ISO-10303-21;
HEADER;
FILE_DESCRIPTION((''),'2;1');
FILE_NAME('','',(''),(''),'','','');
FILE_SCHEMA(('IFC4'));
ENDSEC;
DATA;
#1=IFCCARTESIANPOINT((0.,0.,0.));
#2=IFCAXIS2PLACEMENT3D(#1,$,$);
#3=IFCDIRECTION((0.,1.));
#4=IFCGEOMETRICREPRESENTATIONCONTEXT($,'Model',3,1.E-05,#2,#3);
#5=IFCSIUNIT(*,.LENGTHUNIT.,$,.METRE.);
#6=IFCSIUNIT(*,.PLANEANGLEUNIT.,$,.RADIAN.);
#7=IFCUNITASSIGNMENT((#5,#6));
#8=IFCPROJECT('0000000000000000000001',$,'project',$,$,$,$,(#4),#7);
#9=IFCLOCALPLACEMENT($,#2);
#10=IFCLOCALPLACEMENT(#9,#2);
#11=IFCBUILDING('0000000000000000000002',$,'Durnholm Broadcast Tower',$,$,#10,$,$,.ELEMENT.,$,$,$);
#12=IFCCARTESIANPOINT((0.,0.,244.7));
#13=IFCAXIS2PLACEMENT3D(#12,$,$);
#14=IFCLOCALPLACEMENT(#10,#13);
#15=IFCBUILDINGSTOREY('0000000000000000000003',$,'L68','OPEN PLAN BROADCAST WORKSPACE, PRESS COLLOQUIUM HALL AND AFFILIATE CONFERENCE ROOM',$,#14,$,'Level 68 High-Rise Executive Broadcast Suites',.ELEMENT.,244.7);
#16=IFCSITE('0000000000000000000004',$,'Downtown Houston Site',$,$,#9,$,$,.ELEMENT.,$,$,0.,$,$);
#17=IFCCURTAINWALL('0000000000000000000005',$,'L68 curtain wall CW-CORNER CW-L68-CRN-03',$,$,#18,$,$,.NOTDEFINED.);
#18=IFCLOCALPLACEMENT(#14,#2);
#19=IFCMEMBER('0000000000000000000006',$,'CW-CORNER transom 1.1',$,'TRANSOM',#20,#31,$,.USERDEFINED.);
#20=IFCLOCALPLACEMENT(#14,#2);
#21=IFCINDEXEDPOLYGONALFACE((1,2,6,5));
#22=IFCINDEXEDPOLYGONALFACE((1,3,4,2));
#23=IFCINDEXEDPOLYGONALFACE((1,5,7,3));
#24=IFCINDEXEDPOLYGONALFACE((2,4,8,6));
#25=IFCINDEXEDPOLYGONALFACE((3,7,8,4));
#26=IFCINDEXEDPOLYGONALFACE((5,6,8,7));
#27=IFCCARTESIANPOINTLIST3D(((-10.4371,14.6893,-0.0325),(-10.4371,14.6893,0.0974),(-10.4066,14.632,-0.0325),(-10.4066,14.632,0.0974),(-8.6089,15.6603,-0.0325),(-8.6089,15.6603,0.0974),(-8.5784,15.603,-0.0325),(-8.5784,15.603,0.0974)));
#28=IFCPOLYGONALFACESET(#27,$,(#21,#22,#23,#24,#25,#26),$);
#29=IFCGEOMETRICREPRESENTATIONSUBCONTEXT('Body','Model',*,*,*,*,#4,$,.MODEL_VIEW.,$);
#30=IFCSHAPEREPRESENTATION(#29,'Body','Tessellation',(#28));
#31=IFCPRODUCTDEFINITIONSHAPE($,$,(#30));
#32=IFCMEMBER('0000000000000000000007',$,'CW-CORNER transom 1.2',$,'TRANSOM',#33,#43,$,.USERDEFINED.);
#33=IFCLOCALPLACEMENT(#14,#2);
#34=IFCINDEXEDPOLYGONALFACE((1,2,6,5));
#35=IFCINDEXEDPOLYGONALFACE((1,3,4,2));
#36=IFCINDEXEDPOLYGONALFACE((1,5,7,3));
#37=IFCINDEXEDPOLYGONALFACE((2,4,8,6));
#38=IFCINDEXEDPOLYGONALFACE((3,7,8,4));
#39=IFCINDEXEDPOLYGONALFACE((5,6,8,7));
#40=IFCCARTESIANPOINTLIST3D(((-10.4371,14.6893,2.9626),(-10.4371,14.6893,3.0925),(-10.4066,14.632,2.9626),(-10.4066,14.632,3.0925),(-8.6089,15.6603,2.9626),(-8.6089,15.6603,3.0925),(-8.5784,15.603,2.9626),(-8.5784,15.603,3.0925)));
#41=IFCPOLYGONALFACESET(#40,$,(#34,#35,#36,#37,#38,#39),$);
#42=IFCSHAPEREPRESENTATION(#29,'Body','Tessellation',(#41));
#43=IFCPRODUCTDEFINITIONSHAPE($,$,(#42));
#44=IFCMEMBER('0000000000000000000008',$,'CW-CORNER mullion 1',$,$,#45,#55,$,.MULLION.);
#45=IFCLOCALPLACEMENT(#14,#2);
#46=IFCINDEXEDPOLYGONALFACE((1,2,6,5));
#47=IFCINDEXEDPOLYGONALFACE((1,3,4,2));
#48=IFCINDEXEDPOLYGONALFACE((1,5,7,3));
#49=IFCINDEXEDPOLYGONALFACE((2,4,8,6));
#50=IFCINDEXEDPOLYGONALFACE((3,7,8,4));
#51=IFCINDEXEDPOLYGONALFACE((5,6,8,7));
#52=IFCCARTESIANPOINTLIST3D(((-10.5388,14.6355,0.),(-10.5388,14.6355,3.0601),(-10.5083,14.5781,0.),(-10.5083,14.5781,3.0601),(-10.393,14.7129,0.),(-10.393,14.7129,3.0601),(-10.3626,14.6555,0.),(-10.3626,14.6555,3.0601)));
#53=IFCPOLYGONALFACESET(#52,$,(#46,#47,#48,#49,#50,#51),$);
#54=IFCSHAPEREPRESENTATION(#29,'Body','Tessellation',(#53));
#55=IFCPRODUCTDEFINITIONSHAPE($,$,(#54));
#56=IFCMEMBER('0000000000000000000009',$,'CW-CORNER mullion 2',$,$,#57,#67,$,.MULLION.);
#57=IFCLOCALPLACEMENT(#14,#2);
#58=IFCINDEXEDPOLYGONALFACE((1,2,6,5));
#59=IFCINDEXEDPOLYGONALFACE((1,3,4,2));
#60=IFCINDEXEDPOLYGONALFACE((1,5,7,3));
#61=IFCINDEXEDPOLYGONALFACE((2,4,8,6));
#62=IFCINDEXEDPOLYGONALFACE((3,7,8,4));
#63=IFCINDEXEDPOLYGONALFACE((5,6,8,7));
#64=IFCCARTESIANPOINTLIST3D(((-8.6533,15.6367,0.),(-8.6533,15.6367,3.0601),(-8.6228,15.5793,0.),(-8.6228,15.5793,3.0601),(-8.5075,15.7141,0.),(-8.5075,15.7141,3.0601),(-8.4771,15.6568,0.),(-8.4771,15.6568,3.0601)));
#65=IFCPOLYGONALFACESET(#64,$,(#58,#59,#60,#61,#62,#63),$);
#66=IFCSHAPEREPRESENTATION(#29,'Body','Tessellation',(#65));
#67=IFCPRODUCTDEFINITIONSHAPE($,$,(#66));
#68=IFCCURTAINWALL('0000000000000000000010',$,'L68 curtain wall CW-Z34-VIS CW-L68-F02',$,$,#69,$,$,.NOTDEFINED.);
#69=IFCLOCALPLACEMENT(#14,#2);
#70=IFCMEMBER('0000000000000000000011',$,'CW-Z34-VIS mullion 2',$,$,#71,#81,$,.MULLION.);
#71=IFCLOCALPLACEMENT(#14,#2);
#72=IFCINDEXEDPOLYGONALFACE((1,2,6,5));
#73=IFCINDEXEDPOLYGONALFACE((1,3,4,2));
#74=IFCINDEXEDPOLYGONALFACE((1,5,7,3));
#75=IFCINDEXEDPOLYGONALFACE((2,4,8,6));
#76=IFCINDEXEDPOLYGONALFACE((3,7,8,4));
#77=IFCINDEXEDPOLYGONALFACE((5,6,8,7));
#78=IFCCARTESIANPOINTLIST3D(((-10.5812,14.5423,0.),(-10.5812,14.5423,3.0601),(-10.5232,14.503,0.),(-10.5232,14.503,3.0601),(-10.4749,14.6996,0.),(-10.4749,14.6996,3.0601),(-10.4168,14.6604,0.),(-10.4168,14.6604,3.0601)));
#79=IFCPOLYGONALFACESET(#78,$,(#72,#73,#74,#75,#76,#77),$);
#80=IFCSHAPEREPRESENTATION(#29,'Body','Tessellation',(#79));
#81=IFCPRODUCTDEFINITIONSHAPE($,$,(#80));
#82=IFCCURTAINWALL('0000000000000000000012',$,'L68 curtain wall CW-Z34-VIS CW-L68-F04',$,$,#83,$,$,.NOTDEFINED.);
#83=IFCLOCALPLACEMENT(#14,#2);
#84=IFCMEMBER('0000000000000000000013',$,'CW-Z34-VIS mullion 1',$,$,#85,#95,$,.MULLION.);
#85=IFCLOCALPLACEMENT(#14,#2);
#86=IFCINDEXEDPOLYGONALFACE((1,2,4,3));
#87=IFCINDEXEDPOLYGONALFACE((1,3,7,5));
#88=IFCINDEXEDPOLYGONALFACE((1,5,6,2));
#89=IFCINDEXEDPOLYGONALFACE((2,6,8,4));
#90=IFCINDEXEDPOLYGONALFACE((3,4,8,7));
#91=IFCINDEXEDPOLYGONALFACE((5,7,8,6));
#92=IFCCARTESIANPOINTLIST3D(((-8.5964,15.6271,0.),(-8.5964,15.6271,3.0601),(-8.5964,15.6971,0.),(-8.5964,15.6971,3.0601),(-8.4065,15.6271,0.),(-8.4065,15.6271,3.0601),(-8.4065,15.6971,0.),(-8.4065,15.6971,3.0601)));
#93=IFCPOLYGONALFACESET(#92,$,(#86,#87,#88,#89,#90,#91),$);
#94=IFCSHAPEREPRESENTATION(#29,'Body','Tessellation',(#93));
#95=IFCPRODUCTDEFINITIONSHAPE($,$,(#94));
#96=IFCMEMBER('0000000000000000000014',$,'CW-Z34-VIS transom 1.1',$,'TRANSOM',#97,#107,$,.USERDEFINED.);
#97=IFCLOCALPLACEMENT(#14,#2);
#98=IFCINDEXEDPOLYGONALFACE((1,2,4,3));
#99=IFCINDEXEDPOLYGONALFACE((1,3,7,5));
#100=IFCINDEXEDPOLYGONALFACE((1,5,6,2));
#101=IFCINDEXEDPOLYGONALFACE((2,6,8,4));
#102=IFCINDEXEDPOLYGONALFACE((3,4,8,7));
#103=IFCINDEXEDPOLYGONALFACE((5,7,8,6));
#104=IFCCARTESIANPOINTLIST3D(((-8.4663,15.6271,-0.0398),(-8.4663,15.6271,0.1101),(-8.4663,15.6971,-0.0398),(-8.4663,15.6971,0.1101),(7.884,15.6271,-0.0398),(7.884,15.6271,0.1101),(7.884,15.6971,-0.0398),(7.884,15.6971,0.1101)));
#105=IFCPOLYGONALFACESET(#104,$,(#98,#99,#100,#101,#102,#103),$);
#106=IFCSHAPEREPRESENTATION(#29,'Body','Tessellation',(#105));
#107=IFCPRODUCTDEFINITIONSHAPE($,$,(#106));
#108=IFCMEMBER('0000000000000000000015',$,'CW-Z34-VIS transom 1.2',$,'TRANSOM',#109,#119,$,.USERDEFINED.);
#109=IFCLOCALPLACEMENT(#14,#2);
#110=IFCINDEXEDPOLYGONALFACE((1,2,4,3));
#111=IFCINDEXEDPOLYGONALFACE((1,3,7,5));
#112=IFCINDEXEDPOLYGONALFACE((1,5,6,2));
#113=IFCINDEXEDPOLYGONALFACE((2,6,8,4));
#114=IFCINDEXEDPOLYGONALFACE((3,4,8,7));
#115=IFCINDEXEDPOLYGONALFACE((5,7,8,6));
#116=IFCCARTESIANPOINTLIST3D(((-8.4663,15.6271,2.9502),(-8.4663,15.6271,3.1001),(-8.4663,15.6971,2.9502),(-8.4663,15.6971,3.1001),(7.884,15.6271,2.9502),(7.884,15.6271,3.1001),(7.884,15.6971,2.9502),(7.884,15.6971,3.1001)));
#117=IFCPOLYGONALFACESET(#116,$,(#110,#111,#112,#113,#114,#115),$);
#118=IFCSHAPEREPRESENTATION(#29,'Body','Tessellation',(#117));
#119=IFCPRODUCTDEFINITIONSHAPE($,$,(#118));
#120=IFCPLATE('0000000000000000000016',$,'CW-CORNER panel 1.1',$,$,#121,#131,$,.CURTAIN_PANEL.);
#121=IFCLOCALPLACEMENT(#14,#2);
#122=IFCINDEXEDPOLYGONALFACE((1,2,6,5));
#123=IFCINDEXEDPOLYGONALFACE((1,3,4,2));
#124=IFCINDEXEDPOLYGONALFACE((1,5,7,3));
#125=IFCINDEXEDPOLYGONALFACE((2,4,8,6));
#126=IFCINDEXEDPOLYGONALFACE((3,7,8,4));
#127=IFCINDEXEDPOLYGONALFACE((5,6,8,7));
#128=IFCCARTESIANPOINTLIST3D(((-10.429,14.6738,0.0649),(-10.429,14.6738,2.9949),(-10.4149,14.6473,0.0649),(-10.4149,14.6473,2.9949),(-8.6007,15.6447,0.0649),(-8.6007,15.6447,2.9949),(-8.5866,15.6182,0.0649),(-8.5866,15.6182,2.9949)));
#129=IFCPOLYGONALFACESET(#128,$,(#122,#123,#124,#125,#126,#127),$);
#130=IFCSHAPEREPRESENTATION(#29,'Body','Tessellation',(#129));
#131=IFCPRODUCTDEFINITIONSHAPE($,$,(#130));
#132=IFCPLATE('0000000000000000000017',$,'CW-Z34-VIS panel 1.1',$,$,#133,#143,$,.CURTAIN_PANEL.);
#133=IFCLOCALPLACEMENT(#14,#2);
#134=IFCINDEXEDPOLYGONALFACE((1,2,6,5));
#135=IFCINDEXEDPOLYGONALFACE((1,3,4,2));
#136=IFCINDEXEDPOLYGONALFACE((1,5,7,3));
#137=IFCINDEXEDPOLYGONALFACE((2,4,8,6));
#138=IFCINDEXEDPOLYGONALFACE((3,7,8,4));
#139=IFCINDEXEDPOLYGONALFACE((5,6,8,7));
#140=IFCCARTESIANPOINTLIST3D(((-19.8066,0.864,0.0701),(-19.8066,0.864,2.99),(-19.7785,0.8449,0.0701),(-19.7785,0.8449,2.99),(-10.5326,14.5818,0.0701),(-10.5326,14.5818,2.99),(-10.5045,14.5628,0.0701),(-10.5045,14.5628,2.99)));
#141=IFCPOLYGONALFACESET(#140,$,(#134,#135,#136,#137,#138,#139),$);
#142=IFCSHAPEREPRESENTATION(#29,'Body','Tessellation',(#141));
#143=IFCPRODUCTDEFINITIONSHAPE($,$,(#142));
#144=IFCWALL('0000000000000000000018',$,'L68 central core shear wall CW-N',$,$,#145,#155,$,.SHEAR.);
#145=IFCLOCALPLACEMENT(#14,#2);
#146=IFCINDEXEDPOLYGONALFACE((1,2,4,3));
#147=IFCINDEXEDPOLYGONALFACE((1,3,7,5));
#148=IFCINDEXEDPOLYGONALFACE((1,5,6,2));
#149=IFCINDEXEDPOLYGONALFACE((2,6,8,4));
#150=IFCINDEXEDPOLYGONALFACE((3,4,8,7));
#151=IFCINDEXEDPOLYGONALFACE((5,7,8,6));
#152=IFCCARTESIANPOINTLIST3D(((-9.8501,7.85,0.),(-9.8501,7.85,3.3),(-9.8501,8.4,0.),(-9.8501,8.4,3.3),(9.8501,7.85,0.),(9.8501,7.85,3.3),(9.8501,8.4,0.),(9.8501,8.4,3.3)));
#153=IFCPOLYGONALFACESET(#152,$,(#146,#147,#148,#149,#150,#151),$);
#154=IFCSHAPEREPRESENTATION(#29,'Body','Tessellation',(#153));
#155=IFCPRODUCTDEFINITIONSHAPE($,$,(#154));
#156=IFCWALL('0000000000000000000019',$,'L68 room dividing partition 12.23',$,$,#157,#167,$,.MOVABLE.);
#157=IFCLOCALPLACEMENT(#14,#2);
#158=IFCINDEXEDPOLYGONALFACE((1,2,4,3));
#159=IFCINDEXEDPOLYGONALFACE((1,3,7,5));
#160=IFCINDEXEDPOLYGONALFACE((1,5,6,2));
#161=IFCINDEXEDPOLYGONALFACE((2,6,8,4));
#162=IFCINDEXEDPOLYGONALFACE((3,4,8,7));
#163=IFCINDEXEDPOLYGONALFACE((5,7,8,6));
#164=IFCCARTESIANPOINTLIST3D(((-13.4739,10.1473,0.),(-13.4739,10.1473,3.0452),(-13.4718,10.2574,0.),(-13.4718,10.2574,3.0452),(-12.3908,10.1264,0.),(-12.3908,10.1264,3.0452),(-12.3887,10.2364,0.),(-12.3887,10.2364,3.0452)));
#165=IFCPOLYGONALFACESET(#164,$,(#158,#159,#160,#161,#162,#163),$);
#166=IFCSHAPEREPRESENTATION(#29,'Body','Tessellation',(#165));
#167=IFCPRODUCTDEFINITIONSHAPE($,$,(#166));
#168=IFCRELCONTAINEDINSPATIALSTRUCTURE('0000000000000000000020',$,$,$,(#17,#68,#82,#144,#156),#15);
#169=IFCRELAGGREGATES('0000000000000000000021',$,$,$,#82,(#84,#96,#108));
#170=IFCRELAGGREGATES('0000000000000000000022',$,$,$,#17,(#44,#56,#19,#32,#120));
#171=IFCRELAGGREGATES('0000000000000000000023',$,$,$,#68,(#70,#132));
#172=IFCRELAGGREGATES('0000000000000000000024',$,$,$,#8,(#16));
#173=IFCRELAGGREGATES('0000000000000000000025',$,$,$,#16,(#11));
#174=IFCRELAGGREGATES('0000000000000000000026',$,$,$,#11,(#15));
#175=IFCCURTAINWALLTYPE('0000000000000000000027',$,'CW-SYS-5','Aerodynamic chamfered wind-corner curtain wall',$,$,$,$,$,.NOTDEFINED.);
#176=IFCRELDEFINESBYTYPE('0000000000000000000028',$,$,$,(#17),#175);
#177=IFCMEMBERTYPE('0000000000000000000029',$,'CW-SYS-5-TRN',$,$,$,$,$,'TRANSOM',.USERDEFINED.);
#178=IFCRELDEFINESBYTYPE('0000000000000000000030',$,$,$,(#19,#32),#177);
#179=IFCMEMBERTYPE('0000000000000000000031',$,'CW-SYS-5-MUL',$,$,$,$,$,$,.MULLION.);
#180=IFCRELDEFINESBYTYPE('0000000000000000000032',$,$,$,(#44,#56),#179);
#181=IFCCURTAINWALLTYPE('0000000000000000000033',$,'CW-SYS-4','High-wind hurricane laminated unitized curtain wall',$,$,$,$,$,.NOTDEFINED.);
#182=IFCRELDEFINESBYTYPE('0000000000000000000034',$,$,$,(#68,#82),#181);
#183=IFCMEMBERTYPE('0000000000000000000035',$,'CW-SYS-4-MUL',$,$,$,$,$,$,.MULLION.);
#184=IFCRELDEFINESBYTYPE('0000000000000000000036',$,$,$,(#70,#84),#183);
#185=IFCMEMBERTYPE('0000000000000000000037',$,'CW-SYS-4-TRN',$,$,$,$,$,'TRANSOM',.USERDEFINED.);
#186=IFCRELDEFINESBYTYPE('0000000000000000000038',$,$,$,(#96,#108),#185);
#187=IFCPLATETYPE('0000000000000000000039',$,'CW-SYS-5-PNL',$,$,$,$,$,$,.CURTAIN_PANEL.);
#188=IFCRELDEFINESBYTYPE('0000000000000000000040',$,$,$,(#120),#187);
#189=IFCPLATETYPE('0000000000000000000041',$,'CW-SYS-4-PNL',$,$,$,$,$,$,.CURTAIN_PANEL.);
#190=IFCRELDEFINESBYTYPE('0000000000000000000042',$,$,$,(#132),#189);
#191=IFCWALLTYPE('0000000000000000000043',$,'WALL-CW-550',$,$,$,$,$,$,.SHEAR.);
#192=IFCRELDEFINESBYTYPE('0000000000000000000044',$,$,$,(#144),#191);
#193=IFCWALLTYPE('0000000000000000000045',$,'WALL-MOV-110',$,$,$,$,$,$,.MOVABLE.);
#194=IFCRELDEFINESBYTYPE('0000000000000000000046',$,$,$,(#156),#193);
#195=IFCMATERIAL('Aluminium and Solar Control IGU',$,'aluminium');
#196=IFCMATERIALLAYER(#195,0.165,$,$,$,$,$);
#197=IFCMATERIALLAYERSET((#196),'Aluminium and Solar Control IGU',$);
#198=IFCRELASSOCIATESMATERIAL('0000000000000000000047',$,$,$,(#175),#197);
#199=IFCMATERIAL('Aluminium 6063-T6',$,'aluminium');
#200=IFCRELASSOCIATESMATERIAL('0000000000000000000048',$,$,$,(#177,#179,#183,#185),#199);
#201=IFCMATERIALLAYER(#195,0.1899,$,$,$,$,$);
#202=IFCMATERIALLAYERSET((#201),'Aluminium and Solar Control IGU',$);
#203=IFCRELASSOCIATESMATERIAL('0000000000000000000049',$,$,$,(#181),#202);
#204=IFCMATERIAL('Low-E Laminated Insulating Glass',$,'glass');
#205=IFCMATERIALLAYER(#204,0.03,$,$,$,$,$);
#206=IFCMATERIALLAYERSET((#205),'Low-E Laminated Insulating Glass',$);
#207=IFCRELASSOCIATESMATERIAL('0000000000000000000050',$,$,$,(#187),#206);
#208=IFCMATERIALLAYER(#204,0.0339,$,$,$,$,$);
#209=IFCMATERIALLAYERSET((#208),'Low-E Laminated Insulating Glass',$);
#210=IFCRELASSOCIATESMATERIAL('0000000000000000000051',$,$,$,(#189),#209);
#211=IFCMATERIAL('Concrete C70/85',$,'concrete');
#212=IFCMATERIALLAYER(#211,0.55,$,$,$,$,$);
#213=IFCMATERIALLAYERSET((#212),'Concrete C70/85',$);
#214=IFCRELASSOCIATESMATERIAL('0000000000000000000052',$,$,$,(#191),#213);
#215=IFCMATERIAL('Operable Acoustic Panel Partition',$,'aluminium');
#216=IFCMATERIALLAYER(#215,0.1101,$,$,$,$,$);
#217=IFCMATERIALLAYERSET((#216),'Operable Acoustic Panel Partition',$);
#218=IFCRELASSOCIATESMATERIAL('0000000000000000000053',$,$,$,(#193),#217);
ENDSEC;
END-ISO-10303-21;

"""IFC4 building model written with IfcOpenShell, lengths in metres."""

from ifc_helpers import new_model, si_unit, direction, frame, frame_2d, origin, origin_2d, place, context, subcontext, project, spatial, rectangle, extrude, source, transform, mapped, material, layer, layer_set, material_profile, profile_set, type_object, type_shapes, element, aggregate, save


model = new_model("IFC4")

# Units and contexts
model_context = context("Model", 3, precision=1e-05, world=origin(), true_north=direction((0.0, 1.0)))
body_context = subcontext(model_context, "Body", "Model", "MODEL_VIEW")
ifc_project = project(units=[si_unit("LENGTHUNIT", "METRE"), si_unit("PLANEANGLEUNIT", "RADIAN")], contexts=[model_context])

# Site, building, storey
site_placement = place(None, origin())
site = spatial("IfcSite", under=ifc_project, at=site_placement, Name="Downtown Houston Site", CompositionType="ELEMENT", RefElevation=0.0)
building_placement = place(site_placement, origin())
building = spatial("IfcBuilding", under=site, at=building_placement, Name="Durnholm Broadcast Tower", CompositionType="ELEMENT")
storey_placement = place(building_placement, frame((0.0, 0.0, 244.7)))
storey = spatial("IfcBuildingStorey", under=building, at=storey_placement, Name="L68", Description="OPEN PLAN BROADCAST WORKSPACE, PRESS COLLOQUIUM HALL AND AFFILIATE CONFERENCE ROOM", LongName="Level 68 High-Rise Executive Broadcast Suites", CompositionType="ELEMENT", Elevation=244.7)

# Shared definitions
ifc_material_1 = material(Name="Concrete C70/85", Category="concrete")

# Curtain wall, members
ifc_material_2 = material(Name="Aluminium and Solar Control IGU", Category="aluminium")
ifc_layer_1 = layer(ifc_material_2, 0.165)
ifc_layer_set_1 = layer_set([ifc_layer_1], Name="Aluminium and Solar Control IGU")
curtain_wall_type_1 = type_object("IfcCurtainWallType", Name="CW-SYS-5", Description="Aerodynamic chamfered wind-corner curtain wall", PredefinedType="NOTDEFINED", material=ifc_layer_set_1)
curtain_wall_1_placement = place(storey_placement, origin())
curtain_wall_1 = element("IfcCurtainWall", 1, at=curtain_wall_1_placement, inside=storey, type_object=curtain_wall_type_1, Name="L68 curtain wall CW-CORNER CW-L68-CRN-03", PredefinedType="NOTDEFINED")
ifc_material_3 = material(Name="Aluminium 6063-T6", Category="aluminium")
ifc_material_profile_1 = material_profile(ifc_material_3, rectangle(XDim=0.0649, YDim=0.1299, at=origin_2d()), Name="CWT65X130")
ifc_profile_set_1 = profile_set([ifc_material_profile_1], Name="Aluminium 6063-T6")
member_type_1 = type_object("IfcMemberType", Name="CW-SYS-5-TRN", ElementType="TRANSOM", PredefinedType="USERDEFINED", material=ifc_profile_set_1)
shared_shape_1 = source(origin(), body_context, "Body", "SweptSolid", [
    extrude(rectangle(XDim=0.0649, YDim=0.1299, at=origin_2d()), origin(), (0.0, 0.0, 1.0), 2.0701),
])
type_shapes(member_type_1, [shared_shape_1])
member_1_placement = place(storey_placement, frame((-10.4219, 14.6606, 0.0325), z_axis=(0.883165, 0.469063, 0.0), x_axis=(-0.469063, 0.883165, 0.0)))
member_1 = element("IfcMember", 2, at=member_1_placement, type_object=member_type_1, Name="CW-CORNER transom 1.1", ObjectType="TRANSOM", PredefinedType="USERDEFINED", context=body_context, shape_type="MappedRepresentation", body=[
    mapped(shared_shape_1, transform((0.0, 0.0, 0.0), x_axis=(1.0, 0.0, 0.0), y_axis=(0.0, 1.0, 0.0), z_axis=(0.0, 0.0, 1.0), scale=1.0)),
])
member_2_placement = place(storey_placement, frame((-10.4219, 14.6606, 3.0276), z_axis=(0.883165, 0.469063, 0.0), x_axis=(-0.469063, 0.883165, 0.0)))
member_2 = element("IfcMember", 3, at=member_2_placement, type_object=member_type_1, Name="CW-CORNER transom 1.2", ObjectType="TRANSOM", PredefinedType="USERDEFINED", context=body_context, shape_type="MappedRepresentation", body=[
    mapped(shared_shape_1, transform((0.0, 0.0, 0.0), x_axis=(1.0, 0.0, 0.0), y_axis=(0.0, 1.0, 0.0), z_axis=(0.0, 0.0, 1.0), scale=1.0)),
])
ifc_material_profile_2 = material_profile(ifc_material_3, rectangle(XDim=0.0649, YDim=0.165, at=origin_2d()), Name="CWM65X165")
ifc_profile_set_2 = profile_set([ifc_material_profile_2], Name="Aluminium 6063-T6")
member_type_2 = type_object("IfcMemberType", Name="CW-SYS-5-MUL", PredefinedType="MULLION", material=ifc_profile_set_2)
shared_shape_2 = source(origin(), body_context, "Body", "SweptSolid", [
    extrude(rectangle(XDim=0.0649, YDim=0.165, at=origin_2d()), origin(), (0.0, 0.0, 1.0), 3.0601),
])
type_shapes(member_type_2, [shared_shape_2])
member_3_placement = place(storey_placement, frame((-10.4507, 14.6455, 0.0), z_axis=(0.0, 0.0, 1.0), x_axis=(-0.469007, 0.883195, 0.0)))
member_3 = element("IfcMember", 4, at=member_3_placement, type_object=member_type_2, Name="CW-CORNER mullion 1", PredefinedType="MULLION", context=body_context, shape_type="MappedRepresentation", body=[
    mapped(shared_shape_2, transform((0.0, 0.0, 0.0), x_axis=(1.0, 0.0, 0.0), y_axis=(0.0, 1.0, 0.0), z_axis=(0.0, 0.0, 1.0), scale=1.0)),
])
member_4_placement = place(storey_placement, frame((-8.5652, 15.6467, 0.0), z_axis=(0.0, 0.0, 1.0), x_axis=(-0.469007, 0.883195, 0.0)))
member_4 = element("IfcMember", 5, at=member_4_placement, type_object=member_type_2, Name="CW-CORNER mullion 2", PredefinedType="MULLION", context=body_context, shape_type="MappedRepresentation", body=[
    mapped(shared_shape_2, transform((0.0, 0.0, 0.0), x_axis=(1.0, 0.0, 0.0), y_axis=(0.0, 1.0, 0.0), z_axis=(0.0, 0.0, 1.0), scale=1.0)),
])

# Curtain wall, member
ifc_layer_2 = layer(ifc_material_2, 0.1899)
ifc_layer_set_2 = layer_set([ifc_layer_2], Name="Aluminium and Solar Control IGU")
curtain_wall_type_2 = type_object("IfcCurtainWallType", Name="CW-SYS-4", Description="High-wind hurricane laminated unitized curtain wall", PredefinedType="NOTDEFINED", material=ifc_layer_set_2)
curtain_wall_2_placement = place(storey_placement, origin())
curtain_wall_2 = element("IfcCurtainWall", 6, at=curtain_wall_2_placement, inside=storey, type_object=curtain_wall_type_2, Name="L68 curtain wall CW-Z34-VIS CW-L68-F02", PredefinedType="NOTDEFINED")
ifc_material_profile_3 = material_profile(ifc_material_3, rectangle(XDim=0.0701, YDim=0.1899, at=origin_2d()), Name="CWM70X190")
ifc_profile_set_3 = profile_set([ifc_material_profile_3], Name="Aluminium 6063-T6")
member_type_3 = type_object("IfcMemberType", Name="CW-SYS-4-MUL", PredefinedType="MULLION", material=ifc_profile_set_3)
shared_shape_3 = source(origin(), body_context, "Body", "SweptSolid", [
    extrude(rectangle(XDim=0.0701, YDim=0.1899, at=origin_2d()), origin(), (0.0, 0.0, 1.0), 3.0601),
])
type_shapes(member_type_3, [shared_shape_3])
member_5_placement = place(storey_placement, frame((-10.499, 14.6013, 0.0), z_axis=(0.0, 0.0, 1.0), x_axis=(-0.828443, 0.560073, 0.0)))
member_5 = element("IfcMember", 7, at=member_5_placement, type_object=member_type_3, Name="CW-Z34-VIS mullion 2", PredefinedType="MULLION", context=body_context, shape_type="MappedRepresentation", body=[
    mapped(shared_shape_3, transform((0.0, 0.0, 0.0), x_axis=(1.0, 0.0, 0.0), y_axis=(0.0, 1.0, 0.0), z_axis=(0.0, 0.0, 1.0), scale=1.0)),
])

# Curtain wall, members
curtain_wall_3_placement = place(storey_placement, origin())
curtain_wall_3 = element("IfcCurtainWall", 8, at=curtain_wall_3_placement, inside=storey, type_object=curtain_wall_type_2, Name="L68 curtain wall CW-Z34-VIS CW-L68-F04", PredefinedType="NOTDEFINED")
member_6_placement = place(storey_placement, frame((-8.5015, 15.6621, 0.0), z_axis=(0.0, 0.0, 1.0), x_axis=(0.0, 1.0, 0.0)))
member_6 = element("IfcMember", 9, at=member_6_placement, type_object=member_type_3, Name="CW-Z34-VIS mullion 1", PredefinedType="MULLION", context=body_context, shape_type="MappedRepresentation", body=[
    mapped(shared_shape_3, transform((0.0, 0.0, 0.0), x_axis=(1.0, 0.0, 0.0), y_axis=(0.0, 1.0, 0.0), z_axis=(0.0, 0.0, 1.0), scale=1.0)),
])
ifc_material_profile_4 = material_profile(ifc_material_3, rectangle(XDim=0.0701, YDim=0.1499, at=origin_2d()), Name="CWT70X150")
ifc_profile_set_4 = profile_set([ifc_material_profile_4], Name="Aluminium 6063-T6")
member_type_4 = type_object("IfcMemberType", Name="CW-SYS-4-TRN", ElementType="TRANSOM", PredefinedType="USERDEFINED", material=ifc_profile_set_4)
shared_shape_4 = source(origin(), body_context, "Body", "SweptSolid", [
    extrude(rectangle(XDim=0.0701, YDim=0.1499, at=origin_2d()), origin(), (0.0, 0.0, 1.0), 16.3503),
])
type_shapes(member_type_4, [shared_shape_4])
member_7_placement = place(storey_placement, frame((-8.4663, 15.6621, 0.0352), z_axis=(1.0, 0.0, 0.0), x_axis=(0.0, 1.0, 0.0)))
member_7 = element("IfcMember", 10, at=member_7_placement, type_object=member_type_4, Name="CW-Z34-VIS transom 1.1", ObjectType="TRANSOM", PredefinedType="USERDEFINED", context=body_context, shape_type="MappedRepresentation", body=[
    mapped(shared_shape_4, transform((0.0, 0.0, 0.0), x_axis=(1.0, 0.0, 0.0), y_axis=(0.0, 1.0, 0.0), z_axis=(0.0, 0.0, 1.0), scale=1.0)),
])
member_8_placement = place(storey_placement, frame((-8.4663, 15.6621, 3.0251), z_axis=(1.0, 0.0, 0.0), x_axis=(0.0, 1.0, 0.0)))
member_8 = element("IfcMember", 11, at=member_8_placement, type_object=member_type_4, Name="CW-Z34-VIS transom 1.2", ObjectType="TRANSOM", PredefinedType="USERDEFINED", context=body_context, shape_type="MappedRepresentation", body=[
    mapped(shared_shape_4, transform((0.0, 0.0, 0.0), x_axis=(1.0, 0.0, 0.0), y_axis=(0.0, 1.0, 0.0), z_axis=(0.0, 0.0, 1.0), scale=1.0)),
])
aggregate(curtain_wall_3, [member_6, member_7, member_8])

# Plates
ifc_material_4 = material(Name="Low-E Laminated Insulating Glass", Category="glass")
ifc_layer_3 = layer(ifc_material_4, 0.03)
ifc_layer_set_3 = layer_set([ifc_layer_3], Name="Low-E Laminated Insulating Glass")
plate_type_1 = type_object("IfcPlateType", Name="CW-SYS-5-PNL", PredefinedType="CURTAIN_PANEL", material=ifc_layer_set_3)
shared_shape_5 = source(origin(), body_context, "Body", "SweptSolid", [
    extrude(rectangle(XDim=2.0701, YDim=0.03, at=origin_2d()), origin(), (0.0, 0.0, 1.0), 2.9299),
])
type_shapes(plate_type_1, [shared_shape_5])
plate_1_placement = place(storey_placement, frame((-9.5078, 15.146, 0.0649), z_axis=(0.0, 0.0, 1.0), x_axis=(0.883195, 0.469007, 0.0)))
plate_1 = element("IfcPlate", 12, at=plate_1_placement, type_object=plate_type_1, Name="CW-CORNER panel 1.1", PredefinedType="CURTAIN_PANEL", context=body_context, shape_type="MappedRepresentation", body=[
    mapped(shared_shape_5, transform((0.0, 0.0, 0.0), x_axis=(1.0, 0.0, 0.0), y_axis=(0.0, 1.0, 0.0), z_axis=(0.0, 0.0, 1.0), scale=1.0)),
])
aggregate(curtain_wall_1, [member_3, member_4, member_1, member_2, plate_1])
ifc_layer_4 = layer(ifc_material_4, 0.0339)
ifc_layer_set_4 = layer_set([ifc_layer_4], Name="Low-E Laminated Insulating Glass")
plate_type_2 = type_object("IfcPlateType", Name="CW-SYS-4-PNL", PredefinedType="CURTAIN_PANEL", material=ifc_layer_set_4)
shared_shape_6 = source(origin(), body_context, "Body", "SweptSolid", [
    extrude(rectangle(XDim=16.5586, YDim=0.0339, at=origin_2d()), origin(), (0.0, 0.0, 1.0), 2.9199),
])
type_shapes(plate_type_2, [shared_shape_6])
plate_2_placement = place(storey_placement, frame((-15.1555, 7.7134, 0.0701), z_axis=(0.0, 0.0, 1.0), x_axis=(0.560073, 0.828443, 0.0)))
plate_2 = element("IfcPlate", 13, at=plate_2_placement, type_object=plate_type_2, Name="CW-Z34-VIS panel 1.1", PredefinedType="CURTAIN_PANEL", context=body_context, shape_type="MappedRepresentation", body=[
    mapped(shared_shape_6, transform((0.0, 0.0, 0.0), x_axis=(1.0, 0.0, 0.0), y_axis=(0.0, 1.0, 0.0), z_axis=(0.0, 0.0, 1.0), scale=1.0)),
])
aggregate(curtain_wall_2, [member_5, plate_2])

# Walls
ifc_layer_5 = layer(ifc_material_1, 0.55)
ifc_layer_set_5 = layer_set([ifc_layer_5], Name="Concrete C70/85")
wall_type_1 = type_object("IfcWallType", Name="WALL-CW-550", PredefinedType="SHEAR", material=ifc_layer_set_5)
wall_1_placement = place(storey_placement, frame((-9.8501, 8.125, 0.0), z_axis=(0.0, 0.0, 1.0), x_axis=(1.0, 0.0, 0.0)))
element("IfcWall", 14, at=wall_1_placement, inside=storey, type_object=wall_type_1, Name="L68 central core shear wall CW-N", PredefinedType="SHEAR", context=body_context, shape_type="SweptSolid", body=[
    extrude(rectangle(XDim=19.7002, YDim=0.55, at=frame_2d((9.8501, 0.0))), origin(), (0.0, 0.0, 1.0), 3.3),
])
ifc_material_5 = material(Name="Operable Acoustic Panel Partition", Category="aluminium")
ifc_layer_6 = layer(ifc_material_5, 0.1101)
ifc_layer_set_6 = layer_set([ifc_layer_6], Name="Operable Acoustic Panel Partition")
wall_type_2 = type_object("IfcWallType", Name="WALL-MOV-110", PredefinedType="MOVABLE", material=ifc_layer_set_6)
wall_2_placement = place(storey_placement, frame((-12.3899, 10.1814, 0.0), z_axis=(0.0, 0.0, 1.0), x_axis=(-0.999812, 0.019383, 0.0)))
element("IfcWall", 15, at=wall_2_placement, inside=storey, type_object=wall_type_2, Name="L68 room dividing partition 12.23", PredefinedType="MOVABLE", context=body_context, shape_type="SweptSolid", body=[
    extrude(rectangle(XDim=1.0833, YDim=0.1101, at=frame_2d((0.5415, 0.0))), origin(), (0.0, 0.0, 1.0), 3.0452),
])

save(model, "model.ifc")
